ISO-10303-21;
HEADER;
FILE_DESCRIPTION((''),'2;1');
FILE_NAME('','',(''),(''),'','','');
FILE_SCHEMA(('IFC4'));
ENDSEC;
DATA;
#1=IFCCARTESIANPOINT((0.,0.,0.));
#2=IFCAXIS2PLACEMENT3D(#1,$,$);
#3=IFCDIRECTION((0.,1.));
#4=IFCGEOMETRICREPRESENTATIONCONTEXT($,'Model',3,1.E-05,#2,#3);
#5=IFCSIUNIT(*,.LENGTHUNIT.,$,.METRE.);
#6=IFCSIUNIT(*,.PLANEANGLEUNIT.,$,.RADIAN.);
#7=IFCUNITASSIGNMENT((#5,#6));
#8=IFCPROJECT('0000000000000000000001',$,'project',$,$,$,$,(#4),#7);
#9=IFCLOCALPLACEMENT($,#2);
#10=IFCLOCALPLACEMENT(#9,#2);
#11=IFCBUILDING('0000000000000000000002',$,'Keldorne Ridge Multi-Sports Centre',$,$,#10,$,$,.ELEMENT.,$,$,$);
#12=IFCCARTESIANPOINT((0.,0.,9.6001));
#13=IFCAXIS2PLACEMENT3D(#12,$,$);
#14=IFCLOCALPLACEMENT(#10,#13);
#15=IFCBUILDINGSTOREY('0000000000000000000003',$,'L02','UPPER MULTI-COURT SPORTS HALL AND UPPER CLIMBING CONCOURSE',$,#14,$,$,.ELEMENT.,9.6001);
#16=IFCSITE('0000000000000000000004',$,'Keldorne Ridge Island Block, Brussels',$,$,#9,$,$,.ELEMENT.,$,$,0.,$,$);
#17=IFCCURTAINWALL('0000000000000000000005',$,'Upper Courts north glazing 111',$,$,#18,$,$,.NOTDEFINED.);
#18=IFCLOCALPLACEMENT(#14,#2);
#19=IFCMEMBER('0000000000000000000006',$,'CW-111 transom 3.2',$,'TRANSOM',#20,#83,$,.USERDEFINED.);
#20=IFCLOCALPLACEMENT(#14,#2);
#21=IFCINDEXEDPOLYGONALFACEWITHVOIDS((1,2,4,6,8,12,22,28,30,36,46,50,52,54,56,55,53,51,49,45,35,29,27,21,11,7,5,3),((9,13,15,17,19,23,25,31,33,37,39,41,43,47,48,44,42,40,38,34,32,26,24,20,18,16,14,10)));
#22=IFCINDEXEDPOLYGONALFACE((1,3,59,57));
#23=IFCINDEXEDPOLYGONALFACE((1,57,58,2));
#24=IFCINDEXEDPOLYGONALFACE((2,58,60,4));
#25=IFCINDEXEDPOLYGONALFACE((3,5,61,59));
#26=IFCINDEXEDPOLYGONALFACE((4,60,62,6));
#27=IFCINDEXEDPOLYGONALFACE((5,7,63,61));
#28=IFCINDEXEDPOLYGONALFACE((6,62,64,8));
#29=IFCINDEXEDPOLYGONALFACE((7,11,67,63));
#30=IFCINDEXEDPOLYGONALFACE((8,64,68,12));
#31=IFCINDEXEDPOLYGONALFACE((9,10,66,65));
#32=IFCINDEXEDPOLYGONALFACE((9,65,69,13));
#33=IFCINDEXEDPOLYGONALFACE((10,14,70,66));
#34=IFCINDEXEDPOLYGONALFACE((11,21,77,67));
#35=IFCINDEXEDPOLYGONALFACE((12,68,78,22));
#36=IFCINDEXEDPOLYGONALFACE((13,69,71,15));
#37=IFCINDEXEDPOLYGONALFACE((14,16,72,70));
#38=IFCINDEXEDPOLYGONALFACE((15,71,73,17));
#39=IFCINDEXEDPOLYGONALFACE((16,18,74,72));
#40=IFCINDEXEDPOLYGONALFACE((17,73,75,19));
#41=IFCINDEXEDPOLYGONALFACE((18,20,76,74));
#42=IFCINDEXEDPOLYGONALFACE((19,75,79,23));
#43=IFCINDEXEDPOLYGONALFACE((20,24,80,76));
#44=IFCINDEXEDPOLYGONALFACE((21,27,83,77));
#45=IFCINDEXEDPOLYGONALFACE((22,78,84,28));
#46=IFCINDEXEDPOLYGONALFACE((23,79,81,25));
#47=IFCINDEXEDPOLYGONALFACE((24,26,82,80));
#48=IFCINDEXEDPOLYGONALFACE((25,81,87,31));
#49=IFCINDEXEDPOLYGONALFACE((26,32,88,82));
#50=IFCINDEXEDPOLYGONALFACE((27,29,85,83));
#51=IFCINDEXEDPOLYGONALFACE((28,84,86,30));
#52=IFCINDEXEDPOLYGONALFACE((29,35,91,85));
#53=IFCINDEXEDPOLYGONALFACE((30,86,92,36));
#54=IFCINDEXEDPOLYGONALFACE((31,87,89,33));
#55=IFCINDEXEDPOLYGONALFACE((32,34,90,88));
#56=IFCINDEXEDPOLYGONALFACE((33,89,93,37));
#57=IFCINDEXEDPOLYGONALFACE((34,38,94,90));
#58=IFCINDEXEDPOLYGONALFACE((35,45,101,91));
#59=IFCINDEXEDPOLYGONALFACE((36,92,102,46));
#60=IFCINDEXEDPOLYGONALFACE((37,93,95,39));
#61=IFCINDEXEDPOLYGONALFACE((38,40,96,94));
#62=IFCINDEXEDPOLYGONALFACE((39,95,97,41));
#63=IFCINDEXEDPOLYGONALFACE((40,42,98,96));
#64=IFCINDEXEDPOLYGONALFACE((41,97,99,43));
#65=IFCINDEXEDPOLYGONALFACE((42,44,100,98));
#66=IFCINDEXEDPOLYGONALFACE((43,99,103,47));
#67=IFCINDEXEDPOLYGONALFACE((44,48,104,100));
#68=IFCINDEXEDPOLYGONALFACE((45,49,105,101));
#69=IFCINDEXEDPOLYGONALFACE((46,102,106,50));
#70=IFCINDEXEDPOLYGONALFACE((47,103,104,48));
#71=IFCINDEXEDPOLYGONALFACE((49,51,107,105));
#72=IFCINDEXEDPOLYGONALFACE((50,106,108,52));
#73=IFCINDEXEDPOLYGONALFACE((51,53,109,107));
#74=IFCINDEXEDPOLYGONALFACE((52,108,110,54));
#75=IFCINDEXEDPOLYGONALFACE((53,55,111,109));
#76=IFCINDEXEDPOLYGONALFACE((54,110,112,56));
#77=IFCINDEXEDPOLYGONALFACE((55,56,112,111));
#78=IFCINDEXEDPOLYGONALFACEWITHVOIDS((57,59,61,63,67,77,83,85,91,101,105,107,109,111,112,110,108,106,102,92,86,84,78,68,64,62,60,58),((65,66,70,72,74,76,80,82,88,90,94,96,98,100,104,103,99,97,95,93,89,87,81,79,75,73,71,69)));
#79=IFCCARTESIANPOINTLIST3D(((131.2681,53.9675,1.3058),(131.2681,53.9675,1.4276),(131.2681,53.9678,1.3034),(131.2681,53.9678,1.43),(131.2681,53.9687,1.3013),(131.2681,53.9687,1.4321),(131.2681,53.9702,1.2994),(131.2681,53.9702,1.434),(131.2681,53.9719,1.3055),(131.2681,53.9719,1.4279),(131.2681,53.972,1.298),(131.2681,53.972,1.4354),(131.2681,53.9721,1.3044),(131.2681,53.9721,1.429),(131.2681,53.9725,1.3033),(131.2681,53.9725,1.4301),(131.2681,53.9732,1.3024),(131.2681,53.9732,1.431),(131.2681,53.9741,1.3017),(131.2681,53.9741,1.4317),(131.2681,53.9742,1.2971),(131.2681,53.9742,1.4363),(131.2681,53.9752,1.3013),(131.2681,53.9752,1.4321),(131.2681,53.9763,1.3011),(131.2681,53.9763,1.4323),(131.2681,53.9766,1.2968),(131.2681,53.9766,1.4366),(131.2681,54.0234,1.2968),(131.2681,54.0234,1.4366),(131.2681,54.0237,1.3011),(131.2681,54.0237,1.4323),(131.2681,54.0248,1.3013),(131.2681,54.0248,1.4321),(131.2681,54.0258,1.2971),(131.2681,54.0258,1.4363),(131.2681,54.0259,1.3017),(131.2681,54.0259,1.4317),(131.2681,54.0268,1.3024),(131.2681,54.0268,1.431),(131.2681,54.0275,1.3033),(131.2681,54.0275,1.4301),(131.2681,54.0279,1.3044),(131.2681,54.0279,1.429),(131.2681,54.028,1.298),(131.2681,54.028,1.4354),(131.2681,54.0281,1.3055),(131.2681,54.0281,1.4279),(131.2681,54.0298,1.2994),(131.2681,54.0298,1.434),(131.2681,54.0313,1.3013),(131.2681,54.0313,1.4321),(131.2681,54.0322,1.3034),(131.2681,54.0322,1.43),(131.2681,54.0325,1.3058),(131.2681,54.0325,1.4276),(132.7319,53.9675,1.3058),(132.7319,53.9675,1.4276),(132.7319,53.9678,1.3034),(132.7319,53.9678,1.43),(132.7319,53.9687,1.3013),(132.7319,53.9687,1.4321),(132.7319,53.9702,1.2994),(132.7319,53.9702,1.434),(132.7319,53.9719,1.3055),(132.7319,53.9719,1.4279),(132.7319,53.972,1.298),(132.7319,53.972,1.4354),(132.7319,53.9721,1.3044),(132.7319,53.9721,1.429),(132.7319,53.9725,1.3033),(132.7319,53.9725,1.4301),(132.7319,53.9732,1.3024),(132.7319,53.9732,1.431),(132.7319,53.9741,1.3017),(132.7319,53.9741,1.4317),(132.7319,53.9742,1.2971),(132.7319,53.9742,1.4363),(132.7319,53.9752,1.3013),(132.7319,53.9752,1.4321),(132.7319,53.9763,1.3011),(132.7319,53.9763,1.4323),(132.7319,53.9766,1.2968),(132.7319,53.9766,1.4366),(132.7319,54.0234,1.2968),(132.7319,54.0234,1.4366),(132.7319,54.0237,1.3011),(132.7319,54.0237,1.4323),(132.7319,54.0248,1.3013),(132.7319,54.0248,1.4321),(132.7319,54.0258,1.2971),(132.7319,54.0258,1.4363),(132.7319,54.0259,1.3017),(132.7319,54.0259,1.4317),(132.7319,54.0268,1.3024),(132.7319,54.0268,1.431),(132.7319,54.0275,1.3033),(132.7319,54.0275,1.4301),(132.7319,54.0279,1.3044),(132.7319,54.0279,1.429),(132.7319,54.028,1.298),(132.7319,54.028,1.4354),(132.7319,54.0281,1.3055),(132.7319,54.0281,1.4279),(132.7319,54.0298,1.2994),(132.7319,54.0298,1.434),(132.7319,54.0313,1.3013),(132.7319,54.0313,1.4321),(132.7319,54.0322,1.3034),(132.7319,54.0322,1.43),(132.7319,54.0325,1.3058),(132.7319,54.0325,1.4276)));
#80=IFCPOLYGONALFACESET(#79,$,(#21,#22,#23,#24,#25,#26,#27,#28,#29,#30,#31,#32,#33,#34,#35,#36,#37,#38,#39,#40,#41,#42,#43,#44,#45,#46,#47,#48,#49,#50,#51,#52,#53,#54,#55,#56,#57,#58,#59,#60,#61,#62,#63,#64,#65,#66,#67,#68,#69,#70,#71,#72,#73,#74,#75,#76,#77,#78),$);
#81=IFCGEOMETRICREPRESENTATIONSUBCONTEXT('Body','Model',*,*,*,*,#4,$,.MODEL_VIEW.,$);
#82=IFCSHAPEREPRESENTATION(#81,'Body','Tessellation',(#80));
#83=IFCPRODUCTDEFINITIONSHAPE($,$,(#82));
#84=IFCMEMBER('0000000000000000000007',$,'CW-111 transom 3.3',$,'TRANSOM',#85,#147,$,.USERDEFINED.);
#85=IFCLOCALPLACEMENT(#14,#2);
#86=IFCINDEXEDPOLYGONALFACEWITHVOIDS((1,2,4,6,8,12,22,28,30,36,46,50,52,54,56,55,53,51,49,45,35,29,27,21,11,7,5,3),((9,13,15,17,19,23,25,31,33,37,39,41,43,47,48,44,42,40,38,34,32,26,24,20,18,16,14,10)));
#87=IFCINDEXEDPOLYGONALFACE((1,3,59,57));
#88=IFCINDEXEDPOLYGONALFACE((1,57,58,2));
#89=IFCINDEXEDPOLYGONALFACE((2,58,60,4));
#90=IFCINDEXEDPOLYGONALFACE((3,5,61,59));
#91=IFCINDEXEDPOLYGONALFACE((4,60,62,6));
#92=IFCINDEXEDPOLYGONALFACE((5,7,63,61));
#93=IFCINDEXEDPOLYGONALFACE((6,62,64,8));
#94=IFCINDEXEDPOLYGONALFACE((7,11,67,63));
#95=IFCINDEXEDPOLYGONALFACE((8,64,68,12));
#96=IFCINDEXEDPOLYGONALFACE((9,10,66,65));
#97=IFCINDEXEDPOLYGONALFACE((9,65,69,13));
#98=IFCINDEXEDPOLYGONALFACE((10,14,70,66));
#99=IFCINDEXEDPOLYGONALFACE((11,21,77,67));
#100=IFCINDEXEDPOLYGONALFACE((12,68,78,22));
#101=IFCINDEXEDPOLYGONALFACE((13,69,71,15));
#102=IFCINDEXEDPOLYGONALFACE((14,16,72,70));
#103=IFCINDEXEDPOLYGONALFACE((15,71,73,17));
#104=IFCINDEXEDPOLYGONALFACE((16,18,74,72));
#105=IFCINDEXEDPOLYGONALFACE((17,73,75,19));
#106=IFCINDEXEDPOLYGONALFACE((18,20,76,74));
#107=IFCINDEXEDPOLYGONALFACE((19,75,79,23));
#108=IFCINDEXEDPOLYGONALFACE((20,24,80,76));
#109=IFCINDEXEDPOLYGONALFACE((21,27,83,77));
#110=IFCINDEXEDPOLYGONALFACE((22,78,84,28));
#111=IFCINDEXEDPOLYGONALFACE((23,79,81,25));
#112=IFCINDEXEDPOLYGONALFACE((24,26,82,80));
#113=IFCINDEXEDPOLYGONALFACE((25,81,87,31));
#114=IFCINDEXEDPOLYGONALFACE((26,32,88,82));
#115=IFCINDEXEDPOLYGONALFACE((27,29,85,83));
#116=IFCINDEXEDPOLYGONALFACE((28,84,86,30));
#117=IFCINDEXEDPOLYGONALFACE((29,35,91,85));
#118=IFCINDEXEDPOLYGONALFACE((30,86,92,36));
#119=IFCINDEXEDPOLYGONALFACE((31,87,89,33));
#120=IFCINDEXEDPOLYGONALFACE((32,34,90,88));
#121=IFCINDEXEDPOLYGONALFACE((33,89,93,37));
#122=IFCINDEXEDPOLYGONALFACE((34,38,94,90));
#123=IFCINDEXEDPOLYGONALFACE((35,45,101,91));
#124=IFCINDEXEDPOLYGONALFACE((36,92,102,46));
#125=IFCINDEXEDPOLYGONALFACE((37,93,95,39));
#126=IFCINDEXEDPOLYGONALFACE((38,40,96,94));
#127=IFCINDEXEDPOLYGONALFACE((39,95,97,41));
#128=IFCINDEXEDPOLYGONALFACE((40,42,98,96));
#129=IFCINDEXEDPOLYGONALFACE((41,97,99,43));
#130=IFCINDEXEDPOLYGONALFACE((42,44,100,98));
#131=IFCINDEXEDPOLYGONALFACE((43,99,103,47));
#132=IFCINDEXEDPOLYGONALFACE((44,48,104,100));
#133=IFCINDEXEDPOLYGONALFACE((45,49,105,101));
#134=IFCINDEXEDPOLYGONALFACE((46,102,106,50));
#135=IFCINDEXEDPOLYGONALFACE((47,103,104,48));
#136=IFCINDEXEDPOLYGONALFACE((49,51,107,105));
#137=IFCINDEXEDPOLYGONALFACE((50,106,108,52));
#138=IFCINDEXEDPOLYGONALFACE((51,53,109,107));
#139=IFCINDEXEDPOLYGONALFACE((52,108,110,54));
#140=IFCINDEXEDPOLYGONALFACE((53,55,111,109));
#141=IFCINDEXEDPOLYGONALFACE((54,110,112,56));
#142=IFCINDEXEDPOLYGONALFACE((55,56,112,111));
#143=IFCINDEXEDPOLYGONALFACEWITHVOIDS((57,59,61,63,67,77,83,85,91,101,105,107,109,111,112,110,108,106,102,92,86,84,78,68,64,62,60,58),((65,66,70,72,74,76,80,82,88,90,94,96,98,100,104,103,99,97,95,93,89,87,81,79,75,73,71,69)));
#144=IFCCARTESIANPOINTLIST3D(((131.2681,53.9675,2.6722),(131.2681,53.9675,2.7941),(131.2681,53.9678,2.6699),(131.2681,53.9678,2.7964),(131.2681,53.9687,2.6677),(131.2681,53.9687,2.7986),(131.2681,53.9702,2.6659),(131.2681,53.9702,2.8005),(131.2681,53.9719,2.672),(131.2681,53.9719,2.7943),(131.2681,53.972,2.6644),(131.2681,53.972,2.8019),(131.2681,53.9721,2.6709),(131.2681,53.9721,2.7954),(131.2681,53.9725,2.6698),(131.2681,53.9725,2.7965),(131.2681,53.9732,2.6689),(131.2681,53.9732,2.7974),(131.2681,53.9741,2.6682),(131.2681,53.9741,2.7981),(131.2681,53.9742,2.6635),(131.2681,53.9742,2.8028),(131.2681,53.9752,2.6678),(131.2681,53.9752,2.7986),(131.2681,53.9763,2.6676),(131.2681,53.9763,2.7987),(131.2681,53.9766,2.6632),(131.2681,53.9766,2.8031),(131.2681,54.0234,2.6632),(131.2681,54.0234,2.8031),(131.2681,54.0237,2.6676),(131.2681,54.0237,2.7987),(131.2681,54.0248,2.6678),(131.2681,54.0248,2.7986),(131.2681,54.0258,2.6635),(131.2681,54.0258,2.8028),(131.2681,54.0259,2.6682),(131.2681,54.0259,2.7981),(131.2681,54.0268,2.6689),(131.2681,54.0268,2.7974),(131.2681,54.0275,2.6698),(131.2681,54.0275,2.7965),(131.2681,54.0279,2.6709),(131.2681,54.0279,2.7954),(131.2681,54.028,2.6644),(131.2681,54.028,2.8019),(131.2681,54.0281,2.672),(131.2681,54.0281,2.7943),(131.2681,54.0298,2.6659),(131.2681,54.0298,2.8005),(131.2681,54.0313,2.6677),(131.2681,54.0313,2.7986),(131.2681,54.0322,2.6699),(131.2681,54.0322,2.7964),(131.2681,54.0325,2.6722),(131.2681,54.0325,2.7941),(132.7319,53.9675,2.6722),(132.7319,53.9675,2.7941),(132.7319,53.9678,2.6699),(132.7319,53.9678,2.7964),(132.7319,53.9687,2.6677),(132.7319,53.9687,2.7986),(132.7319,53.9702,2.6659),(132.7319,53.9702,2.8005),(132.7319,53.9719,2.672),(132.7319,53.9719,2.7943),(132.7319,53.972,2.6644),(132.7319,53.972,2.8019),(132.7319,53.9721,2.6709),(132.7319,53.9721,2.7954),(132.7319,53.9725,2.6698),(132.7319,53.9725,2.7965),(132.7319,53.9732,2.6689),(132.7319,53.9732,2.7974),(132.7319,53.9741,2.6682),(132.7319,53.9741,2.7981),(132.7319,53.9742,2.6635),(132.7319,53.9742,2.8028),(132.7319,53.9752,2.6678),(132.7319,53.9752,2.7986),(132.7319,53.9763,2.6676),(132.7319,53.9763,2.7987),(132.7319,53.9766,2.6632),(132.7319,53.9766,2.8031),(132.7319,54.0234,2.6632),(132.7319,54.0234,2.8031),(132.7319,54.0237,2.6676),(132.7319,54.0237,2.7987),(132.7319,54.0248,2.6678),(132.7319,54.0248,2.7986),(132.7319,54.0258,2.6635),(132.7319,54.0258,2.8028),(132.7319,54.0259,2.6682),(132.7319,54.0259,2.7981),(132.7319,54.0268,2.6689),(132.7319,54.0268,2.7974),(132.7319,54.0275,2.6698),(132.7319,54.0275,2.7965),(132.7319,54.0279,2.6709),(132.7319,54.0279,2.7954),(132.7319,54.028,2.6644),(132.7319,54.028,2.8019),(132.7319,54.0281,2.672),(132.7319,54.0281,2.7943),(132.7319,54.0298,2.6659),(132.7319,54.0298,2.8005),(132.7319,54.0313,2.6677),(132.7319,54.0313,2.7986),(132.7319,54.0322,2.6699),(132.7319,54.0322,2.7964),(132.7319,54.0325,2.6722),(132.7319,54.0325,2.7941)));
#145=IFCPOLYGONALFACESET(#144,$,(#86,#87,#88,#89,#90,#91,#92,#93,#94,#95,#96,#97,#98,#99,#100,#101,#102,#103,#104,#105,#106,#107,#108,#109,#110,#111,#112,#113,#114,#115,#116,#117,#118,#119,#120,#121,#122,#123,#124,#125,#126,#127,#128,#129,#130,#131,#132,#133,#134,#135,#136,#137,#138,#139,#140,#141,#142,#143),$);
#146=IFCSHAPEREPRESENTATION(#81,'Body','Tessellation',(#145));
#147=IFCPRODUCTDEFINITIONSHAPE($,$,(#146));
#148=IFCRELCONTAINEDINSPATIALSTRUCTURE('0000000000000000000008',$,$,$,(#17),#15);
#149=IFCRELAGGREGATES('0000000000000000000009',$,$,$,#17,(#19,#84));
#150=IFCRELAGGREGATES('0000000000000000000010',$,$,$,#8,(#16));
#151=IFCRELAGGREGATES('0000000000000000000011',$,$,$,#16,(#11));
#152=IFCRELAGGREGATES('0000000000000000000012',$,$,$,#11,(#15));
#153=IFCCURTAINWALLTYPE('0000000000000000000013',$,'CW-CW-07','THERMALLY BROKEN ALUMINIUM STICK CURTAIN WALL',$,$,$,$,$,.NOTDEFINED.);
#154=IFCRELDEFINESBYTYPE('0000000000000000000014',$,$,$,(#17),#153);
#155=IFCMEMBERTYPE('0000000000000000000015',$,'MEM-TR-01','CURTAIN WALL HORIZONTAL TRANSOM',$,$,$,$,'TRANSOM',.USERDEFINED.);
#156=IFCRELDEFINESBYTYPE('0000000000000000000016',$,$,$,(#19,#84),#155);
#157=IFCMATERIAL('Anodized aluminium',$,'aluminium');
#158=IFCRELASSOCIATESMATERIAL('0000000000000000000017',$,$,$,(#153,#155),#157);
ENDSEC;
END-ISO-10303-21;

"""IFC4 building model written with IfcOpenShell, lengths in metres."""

from ifc_helpers import new_model, si_unit, direction, frame, origin, origin_2d, place, context, subcontext, project, spatial, hollow_rectangle, extrude, material, material_profile, profile_set, type_object, element, aggregate, save


model = new_model("IFC4")

# Units and contexts
model_context = context("Model", 3, precision=1e-05, world=origin(), true_north=direction((0.0, 1.0)))
body_context = subcontext(model_context, "Body", "Model", "MODEL_VIEW")
ifc_project = project(units=[si_unit("LENGTHUNIT", "METRE"), si_unit("PLANEANGLEUNIT", "RADIAN")], contexts=[model_context])

# Site, building, storey
site_placement = place(None, origin())
site = spatial("IfcSite", under=ifc_project, at=site_placement, Name="Keldorne Ridge Island Block, Brussels", CompositionType="ELEMENT", RefElevation=0.0)
building_placement = place(site_placement, origin())
building = spatial("IfcBuilding", under=site, at=building_placement, Name="Keldorne Ridge Multi-Sports Centre", CompositionType="ELEMENT")
storey_placement = place(building_placement, frame((0.0, 0.0, 9.6001)))
storey = spatial("IfcBuildingStorey", under=building, at=storey_placement, Name="L02", Description="UPPER MULTI-COURT SPORTS HALL AND UPPER CLIMBING CONCOURSE", CompositionType="ELEMENT", Elevation=9.6001)

# Curtain wall, members
ifc_material_1 = material(Name="Anodized aluminium", Category="aluminium")
curtain_wall_type = type_object("IfcCurtainWallType", Name="CW-CW-07", Description="THERMALLY BROKEN ALUMINIUM STICK CURTAIN WALL", PredefinedType="NOTDEFINED", material=ifc_material_1)
curtain_wall_placement = place(storey_placement, origin())
curtain_wall = element("IfcCurtainWall", 1, at=curtain_wall_placement, inside=storey, type_object=curtain_wall_type, Name="Upper Courts north glazing 111", PredefinedType="NOTDEFINED")
ifc_material_profile_1 = material_profile(ifc_material_1, hollow_rectangle(XDim=0.0649, YDim=0.1399, WallThickness=0.0044, InnerFilletRadius=0.0044, OuterFilletRadius=0.009, at=origin_2d()), Name="ALU TRANSOM 140x65x4.5")
ifc_profile_set_1 = profile_set([ifc_material_profile_1], Name="Anodized aluminium")
member_type_1 = type_object("IfcMemberType", Name="MEM-TR-01", Description="CURTAIN WALL HORIZONTAL TRANSOM", ElementType="TRANSOM", PredefinedType="USERDEFINED", material=ifc_profile_set_1)
member_1_placement = place(storey_placement, frame((132.7319, 54.0, 1.3667), z_axis=(-1.0, 0.0, 0.0), x_axis=(0.0, -1.0, 0.0)))
member_1 = element("IfcMember", 2, at=member_1_placement, type_object=member_type_1, Name="CW-111 transom 3.2", ObjectType="TRANSOM", PredefinedType="USERDEFINED", context=body_context, shape_type="SweptSolid", body=[
    extrude(hollow_rectangle(XDim=0.0649, YDim=0.1399, WallThickness=0.0044, InnerFilletRadius=0.0044, OuterFilletRadius=0.009, at=origin_2d()), origin(), (0.0, 0.0, 1.0), 1.4639),
])
member_2_placement = place(storey_placement, frame((132.7319, 54.0, 2.7332), z_axis=(-1.0, 0.0, 0.0), x_axis=(0.0, -1.0, 0.0)))
member_2 = element("IfcMember", 3, at=member_2_placement, type_object=member_type_1, Name="CW-111 transom 3.3", ObjectType="TRANSOM", PredefinedType="USERDEFINED", context=body_context, shape_type="SweptSolid", body=[
    extrude(hollow_rectangle(XDim=0.0649, YDim=0.1399, WallThickness=0.0044, InnerFilletRadius=0.0044, OuterFilletRadius=0.009, at=origin_2d()), origin(), (0.0, 0.0, 1.0), 1.4639),
])
aggregate(curtain_wall, [member_1, member_2])

save(model, "model.ifc")
